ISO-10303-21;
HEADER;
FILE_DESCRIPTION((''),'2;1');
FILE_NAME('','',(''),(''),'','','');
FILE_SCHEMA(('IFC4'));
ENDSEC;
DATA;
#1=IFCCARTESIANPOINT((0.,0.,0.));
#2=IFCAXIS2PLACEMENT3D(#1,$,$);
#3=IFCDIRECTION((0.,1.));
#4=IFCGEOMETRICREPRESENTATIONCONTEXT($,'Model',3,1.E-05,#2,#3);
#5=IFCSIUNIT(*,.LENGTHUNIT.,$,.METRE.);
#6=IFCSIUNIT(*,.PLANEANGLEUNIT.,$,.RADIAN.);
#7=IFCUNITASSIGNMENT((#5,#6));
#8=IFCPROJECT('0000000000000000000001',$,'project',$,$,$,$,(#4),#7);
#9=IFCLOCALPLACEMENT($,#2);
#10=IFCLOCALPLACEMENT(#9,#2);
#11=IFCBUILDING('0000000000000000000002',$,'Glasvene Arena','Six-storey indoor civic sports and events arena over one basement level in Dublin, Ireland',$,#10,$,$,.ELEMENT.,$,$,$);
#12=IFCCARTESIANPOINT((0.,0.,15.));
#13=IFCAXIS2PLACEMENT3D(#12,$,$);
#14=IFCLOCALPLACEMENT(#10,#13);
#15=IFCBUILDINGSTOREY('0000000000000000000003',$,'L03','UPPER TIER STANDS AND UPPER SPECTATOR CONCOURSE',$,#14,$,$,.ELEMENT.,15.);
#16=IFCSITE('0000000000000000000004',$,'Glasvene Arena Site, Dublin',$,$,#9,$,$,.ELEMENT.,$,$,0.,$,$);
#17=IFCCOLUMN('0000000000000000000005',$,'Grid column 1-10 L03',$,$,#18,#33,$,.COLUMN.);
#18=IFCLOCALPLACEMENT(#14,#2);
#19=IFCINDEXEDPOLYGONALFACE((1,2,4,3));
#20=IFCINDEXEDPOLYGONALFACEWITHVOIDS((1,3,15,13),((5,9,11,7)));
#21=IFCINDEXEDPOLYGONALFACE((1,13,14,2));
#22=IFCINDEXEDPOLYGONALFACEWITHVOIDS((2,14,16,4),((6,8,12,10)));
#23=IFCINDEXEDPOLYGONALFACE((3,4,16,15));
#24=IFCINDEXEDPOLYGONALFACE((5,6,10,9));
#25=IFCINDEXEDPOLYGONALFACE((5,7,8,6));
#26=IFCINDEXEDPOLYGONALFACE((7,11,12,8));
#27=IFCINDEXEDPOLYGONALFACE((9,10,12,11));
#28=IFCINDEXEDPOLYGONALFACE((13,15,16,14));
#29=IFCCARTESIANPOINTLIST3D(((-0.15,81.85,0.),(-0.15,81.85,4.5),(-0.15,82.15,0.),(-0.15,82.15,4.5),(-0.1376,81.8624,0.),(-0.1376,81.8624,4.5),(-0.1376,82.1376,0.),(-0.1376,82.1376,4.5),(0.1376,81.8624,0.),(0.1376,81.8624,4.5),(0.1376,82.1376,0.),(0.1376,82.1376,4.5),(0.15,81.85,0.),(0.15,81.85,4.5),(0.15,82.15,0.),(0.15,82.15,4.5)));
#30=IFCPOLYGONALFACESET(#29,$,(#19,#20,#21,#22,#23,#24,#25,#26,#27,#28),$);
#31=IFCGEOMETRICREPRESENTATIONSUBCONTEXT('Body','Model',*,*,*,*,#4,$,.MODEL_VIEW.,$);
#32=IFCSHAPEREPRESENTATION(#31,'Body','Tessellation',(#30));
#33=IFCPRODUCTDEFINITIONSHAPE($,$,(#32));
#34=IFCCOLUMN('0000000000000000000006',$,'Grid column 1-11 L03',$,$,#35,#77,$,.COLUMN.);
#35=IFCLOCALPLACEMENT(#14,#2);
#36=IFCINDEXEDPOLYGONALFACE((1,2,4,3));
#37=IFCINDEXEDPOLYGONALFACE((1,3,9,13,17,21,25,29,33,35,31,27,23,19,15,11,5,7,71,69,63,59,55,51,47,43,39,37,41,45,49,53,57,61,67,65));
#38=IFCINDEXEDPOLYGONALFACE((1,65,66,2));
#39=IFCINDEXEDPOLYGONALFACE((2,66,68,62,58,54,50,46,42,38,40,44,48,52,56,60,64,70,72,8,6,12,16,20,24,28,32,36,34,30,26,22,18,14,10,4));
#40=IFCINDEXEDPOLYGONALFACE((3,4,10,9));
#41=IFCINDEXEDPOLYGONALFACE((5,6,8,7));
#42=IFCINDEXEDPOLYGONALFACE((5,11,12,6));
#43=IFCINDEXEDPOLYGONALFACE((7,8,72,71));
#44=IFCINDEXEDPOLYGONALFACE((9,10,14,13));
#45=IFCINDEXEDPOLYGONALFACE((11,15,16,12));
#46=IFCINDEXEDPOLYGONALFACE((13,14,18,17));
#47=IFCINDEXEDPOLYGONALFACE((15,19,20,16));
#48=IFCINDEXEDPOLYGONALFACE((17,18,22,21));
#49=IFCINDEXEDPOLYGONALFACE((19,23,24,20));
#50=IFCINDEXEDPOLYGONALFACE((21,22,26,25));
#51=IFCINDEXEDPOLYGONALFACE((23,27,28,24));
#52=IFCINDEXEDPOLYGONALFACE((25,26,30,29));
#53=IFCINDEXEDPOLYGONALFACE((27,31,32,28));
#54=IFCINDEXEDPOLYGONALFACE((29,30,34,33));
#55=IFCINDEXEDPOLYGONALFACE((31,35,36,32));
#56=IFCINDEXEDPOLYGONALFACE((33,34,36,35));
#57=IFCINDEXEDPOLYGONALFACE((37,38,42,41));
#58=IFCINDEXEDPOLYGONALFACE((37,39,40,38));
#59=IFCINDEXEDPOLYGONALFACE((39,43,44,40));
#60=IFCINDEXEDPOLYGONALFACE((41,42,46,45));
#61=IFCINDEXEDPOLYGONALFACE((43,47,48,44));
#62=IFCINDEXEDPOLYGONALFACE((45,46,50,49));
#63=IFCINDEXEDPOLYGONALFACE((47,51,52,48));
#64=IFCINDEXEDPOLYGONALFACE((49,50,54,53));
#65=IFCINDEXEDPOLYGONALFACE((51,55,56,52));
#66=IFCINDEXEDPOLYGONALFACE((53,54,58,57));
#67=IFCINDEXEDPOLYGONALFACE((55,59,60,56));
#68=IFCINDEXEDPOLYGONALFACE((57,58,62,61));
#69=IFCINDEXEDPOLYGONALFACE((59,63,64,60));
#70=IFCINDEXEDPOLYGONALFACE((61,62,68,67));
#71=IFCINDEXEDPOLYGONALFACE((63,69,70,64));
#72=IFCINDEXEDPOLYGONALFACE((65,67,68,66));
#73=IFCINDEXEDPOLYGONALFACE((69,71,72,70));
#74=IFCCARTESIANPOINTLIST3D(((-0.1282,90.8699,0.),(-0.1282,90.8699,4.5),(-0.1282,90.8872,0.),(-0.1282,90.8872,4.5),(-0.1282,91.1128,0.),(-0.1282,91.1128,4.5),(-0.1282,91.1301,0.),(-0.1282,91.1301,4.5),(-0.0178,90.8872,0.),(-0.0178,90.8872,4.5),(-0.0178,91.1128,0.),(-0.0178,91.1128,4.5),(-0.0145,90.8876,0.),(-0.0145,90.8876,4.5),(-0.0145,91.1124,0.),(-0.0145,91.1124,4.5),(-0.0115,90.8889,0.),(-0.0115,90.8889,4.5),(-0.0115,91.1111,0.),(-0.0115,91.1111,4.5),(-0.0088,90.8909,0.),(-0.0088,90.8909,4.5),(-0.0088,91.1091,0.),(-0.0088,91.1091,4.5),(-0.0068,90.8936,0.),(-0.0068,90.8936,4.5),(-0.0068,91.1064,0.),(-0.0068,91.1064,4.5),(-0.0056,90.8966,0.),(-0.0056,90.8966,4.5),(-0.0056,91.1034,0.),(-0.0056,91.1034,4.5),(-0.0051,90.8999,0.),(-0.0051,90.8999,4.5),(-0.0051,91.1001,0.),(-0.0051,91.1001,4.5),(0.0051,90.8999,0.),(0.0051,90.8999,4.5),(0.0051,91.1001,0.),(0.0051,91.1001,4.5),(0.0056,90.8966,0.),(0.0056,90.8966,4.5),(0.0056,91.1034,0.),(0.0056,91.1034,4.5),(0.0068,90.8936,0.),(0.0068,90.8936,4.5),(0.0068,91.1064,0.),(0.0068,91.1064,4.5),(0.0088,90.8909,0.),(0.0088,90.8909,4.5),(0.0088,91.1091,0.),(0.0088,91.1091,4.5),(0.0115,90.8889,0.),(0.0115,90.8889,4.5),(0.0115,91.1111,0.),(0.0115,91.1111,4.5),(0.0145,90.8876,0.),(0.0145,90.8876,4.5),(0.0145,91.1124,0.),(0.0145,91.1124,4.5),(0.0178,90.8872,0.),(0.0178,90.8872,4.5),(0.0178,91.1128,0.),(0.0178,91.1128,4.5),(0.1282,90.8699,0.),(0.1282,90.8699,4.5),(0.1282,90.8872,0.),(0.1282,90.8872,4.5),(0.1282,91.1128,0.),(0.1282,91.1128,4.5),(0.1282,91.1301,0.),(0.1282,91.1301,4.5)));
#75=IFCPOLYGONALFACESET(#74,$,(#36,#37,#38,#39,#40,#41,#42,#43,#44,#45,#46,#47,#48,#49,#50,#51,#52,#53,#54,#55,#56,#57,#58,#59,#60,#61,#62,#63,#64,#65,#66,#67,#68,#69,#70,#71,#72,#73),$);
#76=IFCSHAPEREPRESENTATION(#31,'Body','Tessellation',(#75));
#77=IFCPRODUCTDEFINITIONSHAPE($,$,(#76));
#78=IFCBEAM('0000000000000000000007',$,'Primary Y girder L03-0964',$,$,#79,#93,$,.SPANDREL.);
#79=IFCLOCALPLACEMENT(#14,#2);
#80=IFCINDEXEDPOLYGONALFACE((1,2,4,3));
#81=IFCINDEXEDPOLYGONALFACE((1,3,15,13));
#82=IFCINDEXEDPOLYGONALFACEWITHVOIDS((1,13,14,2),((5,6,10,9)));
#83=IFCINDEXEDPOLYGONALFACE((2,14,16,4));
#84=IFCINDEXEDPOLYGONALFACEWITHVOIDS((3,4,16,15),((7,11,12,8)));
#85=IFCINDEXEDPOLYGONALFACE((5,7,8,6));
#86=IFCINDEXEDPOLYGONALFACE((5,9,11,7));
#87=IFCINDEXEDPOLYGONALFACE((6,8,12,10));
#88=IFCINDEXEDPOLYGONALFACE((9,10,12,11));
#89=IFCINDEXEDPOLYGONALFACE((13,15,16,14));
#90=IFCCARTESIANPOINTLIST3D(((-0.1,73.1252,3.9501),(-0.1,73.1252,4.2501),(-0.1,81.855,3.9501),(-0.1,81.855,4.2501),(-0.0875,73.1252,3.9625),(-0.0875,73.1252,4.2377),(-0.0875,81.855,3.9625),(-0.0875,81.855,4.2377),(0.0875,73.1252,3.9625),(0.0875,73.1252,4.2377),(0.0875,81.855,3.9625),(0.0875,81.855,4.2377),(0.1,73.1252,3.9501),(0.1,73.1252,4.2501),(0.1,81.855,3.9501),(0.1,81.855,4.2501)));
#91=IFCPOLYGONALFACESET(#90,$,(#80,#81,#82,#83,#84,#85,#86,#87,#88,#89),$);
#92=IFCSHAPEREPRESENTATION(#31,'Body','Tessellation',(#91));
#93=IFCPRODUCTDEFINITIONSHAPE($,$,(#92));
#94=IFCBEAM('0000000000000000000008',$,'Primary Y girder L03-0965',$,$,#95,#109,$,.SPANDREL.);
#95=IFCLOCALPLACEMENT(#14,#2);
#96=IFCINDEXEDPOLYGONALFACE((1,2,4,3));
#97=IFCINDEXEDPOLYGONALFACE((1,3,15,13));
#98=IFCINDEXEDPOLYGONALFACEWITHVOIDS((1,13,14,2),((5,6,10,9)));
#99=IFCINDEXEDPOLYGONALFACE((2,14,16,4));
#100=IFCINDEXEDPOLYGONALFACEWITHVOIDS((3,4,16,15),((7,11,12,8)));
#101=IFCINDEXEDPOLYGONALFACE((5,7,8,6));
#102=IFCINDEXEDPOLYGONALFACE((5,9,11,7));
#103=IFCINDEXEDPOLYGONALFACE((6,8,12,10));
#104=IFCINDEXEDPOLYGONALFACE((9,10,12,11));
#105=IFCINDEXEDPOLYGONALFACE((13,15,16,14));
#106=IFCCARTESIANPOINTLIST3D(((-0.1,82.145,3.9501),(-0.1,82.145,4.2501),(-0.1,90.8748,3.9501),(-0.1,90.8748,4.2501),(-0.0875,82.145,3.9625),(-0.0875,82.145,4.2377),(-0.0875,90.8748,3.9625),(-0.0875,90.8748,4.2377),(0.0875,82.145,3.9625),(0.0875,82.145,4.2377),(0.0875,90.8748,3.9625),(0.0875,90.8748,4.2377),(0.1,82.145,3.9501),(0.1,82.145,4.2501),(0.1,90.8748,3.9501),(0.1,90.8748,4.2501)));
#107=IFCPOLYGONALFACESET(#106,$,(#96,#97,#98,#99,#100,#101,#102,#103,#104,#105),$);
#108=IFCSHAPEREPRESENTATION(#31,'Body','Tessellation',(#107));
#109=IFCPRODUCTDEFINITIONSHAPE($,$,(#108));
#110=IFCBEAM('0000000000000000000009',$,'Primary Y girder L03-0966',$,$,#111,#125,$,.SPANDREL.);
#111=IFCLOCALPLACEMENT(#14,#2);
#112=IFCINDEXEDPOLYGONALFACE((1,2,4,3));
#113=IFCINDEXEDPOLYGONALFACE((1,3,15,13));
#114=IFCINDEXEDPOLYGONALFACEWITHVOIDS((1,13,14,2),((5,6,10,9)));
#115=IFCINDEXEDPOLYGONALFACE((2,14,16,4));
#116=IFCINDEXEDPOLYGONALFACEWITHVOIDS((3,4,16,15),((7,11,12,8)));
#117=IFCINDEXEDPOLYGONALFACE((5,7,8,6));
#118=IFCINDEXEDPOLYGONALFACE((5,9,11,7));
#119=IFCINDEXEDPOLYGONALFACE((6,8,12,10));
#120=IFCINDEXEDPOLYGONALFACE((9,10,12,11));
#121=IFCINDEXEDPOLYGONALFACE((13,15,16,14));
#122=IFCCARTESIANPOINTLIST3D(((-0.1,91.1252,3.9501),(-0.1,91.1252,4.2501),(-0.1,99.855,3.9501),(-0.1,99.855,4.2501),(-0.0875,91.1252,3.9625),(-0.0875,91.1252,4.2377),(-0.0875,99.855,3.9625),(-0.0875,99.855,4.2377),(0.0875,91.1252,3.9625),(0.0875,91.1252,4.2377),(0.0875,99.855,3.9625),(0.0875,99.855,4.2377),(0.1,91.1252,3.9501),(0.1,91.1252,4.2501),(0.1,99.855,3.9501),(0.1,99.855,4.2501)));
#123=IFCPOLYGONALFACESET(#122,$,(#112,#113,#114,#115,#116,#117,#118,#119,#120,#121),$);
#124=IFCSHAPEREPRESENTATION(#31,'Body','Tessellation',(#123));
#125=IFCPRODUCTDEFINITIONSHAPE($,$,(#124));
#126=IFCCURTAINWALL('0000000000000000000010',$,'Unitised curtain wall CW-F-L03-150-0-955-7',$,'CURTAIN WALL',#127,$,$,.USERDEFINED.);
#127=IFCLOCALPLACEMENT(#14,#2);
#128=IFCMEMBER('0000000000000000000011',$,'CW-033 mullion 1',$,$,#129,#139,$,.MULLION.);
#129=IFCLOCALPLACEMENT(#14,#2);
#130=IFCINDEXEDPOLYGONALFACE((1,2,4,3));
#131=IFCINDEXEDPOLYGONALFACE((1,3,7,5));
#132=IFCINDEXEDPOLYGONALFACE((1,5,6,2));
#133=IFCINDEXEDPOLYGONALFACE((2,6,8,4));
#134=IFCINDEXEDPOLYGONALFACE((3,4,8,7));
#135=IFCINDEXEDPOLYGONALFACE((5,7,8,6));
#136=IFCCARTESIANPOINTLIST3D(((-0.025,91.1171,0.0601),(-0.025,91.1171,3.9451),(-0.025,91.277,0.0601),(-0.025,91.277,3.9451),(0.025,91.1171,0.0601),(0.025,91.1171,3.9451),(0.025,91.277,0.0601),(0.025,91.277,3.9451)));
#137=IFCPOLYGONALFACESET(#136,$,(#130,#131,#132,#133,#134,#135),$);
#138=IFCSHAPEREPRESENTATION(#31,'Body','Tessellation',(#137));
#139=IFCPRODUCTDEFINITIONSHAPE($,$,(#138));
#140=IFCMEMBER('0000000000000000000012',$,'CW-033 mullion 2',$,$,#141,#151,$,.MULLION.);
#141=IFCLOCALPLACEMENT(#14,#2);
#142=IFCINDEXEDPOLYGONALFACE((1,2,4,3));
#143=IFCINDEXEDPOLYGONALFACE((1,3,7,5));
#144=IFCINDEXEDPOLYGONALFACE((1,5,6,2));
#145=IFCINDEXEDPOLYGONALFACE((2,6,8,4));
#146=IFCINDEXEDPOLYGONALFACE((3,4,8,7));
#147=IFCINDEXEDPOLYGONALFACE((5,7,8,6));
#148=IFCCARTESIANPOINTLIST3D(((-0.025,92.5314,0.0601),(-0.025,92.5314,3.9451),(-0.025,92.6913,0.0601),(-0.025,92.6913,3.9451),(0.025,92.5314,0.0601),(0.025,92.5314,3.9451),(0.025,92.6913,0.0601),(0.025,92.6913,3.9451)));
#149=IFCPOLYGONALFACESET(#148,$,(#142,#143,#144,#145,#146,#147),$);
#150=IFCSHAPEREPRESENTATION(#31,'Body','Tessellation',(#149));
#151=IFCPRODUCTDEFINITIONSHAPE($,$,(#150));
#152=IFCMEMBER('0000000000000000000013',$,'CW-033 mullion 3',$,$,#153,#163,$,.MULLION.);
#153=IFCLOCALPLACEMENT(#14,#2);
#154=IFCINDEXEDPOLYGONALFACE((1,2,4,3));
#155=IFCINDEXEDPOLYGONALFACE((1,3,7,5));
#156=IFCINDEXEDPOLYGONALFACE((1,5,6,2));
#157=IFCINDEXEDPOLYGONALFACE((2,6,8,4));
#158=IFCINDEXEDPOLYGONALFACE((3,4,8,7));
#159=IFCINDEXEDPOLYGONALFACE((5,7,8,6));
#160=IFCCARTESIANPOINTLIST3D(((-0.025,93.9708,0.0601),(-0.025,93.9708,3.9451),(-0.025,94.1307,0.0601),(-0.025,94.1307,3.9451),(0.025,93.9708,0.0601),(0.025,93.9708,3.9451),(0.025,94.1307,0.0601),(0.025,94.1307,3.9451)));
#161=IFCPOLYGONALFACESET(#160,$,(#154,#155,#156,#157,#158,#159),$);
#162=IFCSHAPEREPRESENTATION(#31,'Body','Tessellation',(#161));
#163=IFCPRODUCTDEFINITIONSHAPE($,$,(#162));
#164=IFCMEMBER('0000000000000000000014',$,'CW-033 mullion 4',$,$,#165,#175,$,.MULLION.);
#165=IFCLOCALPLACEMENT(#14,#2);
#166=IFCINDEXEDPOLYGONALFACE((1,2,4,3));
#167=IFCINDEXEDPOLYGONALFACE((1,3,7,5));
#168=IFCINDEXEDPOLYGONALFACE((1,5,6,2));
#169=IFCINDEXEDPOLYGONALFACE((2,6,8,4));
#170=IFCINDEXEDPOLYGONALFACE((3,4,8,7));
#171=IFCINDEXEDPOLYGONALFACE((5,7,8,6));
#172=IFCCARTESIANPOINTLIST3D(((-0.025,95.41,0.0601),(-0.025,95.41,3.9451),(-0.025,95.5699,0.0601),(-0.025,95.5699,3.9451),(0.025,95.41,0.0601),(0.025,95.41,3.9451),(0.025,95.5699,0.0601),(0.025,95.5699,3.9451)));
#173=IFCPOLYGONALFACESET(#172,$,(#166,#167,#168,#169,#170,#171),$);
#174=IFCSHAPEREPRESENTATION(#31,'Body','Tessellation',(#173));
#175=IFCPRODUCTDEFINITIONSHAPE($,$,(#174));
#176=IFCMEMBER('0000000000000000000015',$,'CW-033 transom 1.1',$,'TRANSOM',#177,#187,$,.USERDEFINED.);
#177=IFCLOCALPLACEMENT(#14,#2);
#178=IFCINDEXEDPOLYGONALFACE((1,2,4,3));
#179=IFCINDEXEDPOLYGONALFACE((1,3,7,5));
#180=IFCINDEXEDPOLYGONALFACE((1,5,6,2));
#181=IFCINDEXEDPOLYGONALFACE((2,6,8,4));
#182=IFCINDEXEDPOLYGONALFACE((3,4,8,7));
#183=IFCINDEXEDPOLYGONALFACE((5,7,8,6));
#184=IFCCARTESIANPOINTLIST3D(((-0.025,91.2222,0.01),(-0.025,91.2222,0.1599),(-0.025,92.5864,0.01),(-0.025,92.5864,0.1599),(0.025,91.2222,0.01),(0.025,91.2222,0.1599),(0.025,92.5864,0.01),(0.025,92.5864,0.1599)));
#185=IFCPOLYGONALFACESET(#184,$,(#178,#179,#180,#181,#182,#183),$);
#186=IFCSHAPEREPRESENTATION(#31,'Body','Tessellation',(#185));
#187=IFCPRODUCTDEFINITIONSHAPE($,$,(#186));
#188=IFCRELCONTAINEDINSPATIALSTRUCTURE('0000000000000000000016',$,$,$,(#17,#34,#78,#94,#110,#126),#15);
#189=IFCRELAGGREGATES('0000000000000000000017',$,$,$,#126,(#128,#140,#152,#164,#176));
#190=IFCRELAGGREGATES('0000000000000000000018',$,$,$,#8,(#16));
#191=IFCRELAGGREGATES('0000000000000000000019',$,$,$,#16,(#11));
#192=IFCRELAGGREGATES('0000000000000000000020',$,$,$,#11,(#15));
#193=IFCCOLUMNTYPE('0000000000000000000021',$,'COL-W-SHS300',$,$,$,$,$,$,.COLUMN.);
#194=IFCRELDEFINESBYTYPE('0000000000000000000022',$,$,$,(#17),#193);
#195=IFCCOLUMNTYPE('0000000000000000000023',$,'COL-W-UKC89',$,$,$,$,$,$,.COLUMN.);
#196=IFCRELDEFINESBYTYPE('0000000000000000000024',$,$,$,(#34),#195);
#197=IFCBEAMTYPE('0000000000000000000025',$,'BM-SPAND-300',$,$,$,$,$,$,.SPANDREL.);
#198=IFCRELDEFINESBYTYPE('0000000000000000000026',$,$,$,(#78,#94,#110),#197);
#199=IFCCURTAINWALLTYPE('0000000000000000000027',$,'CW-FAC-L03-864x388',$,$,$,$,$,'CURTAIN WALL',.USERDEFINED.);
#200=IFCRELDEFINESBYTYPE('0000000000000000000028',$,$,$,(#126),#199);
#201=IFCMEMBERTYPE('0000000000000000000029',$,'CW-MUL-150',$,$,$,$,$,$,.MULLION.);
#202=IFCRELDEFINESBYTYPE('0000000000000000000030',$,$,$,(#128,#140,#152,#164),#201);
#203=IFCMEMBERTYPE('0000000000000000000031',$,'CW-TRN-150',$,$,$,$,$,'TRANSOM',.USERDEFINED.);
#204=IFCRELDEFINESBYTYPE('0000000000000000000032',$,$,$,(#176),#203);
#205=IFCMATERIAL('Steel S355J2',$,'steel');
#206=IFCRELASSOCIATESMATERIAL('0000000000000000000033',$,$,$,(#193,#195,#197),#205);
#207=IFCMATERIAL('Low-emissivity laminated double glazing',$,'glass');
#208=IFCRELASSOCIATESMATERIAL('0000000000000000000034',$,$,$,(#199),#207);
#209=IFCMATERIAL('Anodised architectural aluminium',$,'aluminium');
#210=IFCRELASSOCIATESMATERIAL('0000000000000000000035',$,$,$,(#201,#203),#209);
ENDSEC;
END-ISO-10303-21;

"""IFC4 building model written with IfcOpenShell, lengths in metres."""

from ifc_helpers import new_model, si_unit, direction, frame, origin, origin_2d, place, context, subcontext, project, spatial, rectangle, hollow_rectangle, i_section, extrude, material, material_profile, profile_set, type_object, element, aggregate, save


model = new_model("IFC4")

# Units and contexts
model_context = context("Model", 3, precision=1e-05, world=origin(), true_north=direction((0.0, 1.0)))
body_context = subcontext(model_context, "Body", "Model", "MODEL_VIEW")
ifc_project = project(units=[si_unit("LENGTHUNIT", "METRE"), si_unit("PLANEANGLEUNIT", "RADIAN")], contexts=[model_context])

# Site, building, storey
site_placement = place(None, origin())
site = spatial("IfcSite", under=ifc_project, at=site_placement, Name="Glasvene Arena Site, Dublin", CompositionType="ELEMENT", RefElevation=0.0)
building_placement = place(site_placement, origin())
building = spatial("IfcBuilding", under=site, at=building_placement, Name="Glasvene Arena", Description="Six-storey indoor civic sports and events arena over one basement level in Dublin, Ireland", CompositionType="ELEMENT")
storey_placement = place(building_placement, frame((0.0, 0.0, 15.0)))
storey = spatial("IfcBuildingStorey", under=building, at=storey_placement, Name="L03", Description="UPPER TIER STANDS AND UPPER SPECTATOR CONCOURSE", CompositionType="ELEMENT", Elevation=15.0)

# Columns
ifc_material_1 = material(Name="Steel S355J2", Category="steel")
ifc_material_profile_1 = material_profile(ifc_material_1, hollow_rectangle(XDim=0.3, YDim=0.3, WallThickness=0.0125, at=origin_2d()), Name="SHS 300x300x12.5")
ifc_profile_set_1 = profile_set([ifc_material_profile_1], Name="Steel S355J2")
column_type_1 = type_object("IfcColumnType", Name="COL-W-SHS300", PredefinedType="COLUMN", material=ifc_profile_set_1)
column_1_placement = place(storey_placement, frame((0.0, 82.0, 0.0), z_axis=(0.0, 0.0, 1.0), x_axis=(1.0, 0.0, 0.0)))
element("IfcColumn", 1, at=column_1_placement, inside=storey, type_object=column_type_1, Name="Grid column 1-10 L03", PredefinedType="COLUMN", context=body_context, shape_type="SweptSolid", body=[
    extrude(hollow_rectangle(XDim=0.3, YDim=0.3, WallThickness=0.0125, at=origin_2d()), origin(), (0.0, 0.0, 1.0), 4.5),
])
ifc_material_profile_2 = material_profile(ifc_material_1, i_section(OverallWidth=0.2563, OverallDepth=0.2603, WebThickness=0.0103, FlangeThickness=0.0173, FilletRadius=0.0127, at=origin_2d()), Name="UKC 254x254x89")
ifc_profile_set_2 = profile_set([ifc_material_profile_2], Name="Steel S355J2")
column_type_2 = type_object("IfcColumnType", Name="COL-W-UKC89", PredefinedType="COLUMN", material=ifc_profile_set_2)
column_2_placement = place(storey_placement, frame((0.0, 91.0, 0.0), z_axis=(0.0, 0.0, 1.0), x_axis=(1.0, 0.0, 0.0)))
element("IfcColumn", 2, at=column_2_placement, inside=storey, type_object=column_type_2, Name="Grid column 1-11 L03", PredefinedType="COLUMN", context=body_context, shape_type="SweptSolid", body=[
    extrude(i_section(OverallWidth=0.2563, OverallDepth=0.2603, WebThickness=0.0103, FlangeThickness=0.0173, FilletRadius=0.0127, at=origin_2d()), origin(), (0.0, 0.0, 1.0), 4.5),
])

# Beams
ifc_material_profile_3 = material_profile(ifc_material_1, hollow_rectangle(XDim=0.2, YDim=0.3, WallThickness=0.0125, at=origin_2d()), Name="RHS 300x200x12.5")
ifc_profile_set_3 = profile_set([ifc_material_profile_3], Name="Steel S355J2")
beam_type = type_object("IfcBeamType", Name="BM-SPAND-300", PredefinedType="SPANDREL", material=ifc_profile_set_3)
for number, where, z_axis, x_axis, name in (
    (3, (0.0, 73.1252, 4.1001), (0.0, 1.0, 0.0), (-1.0, 0.0, 0.0), "Primary Y girder L03-0964"),
    (4, (0.0, 82.145, 4.1001), (0.0, 1.0, 0.0), (-1.0, 0.0, 0.0), "Primary Y girder L03-0965"),
    (5, (0.0, 91.1252, 4.1001), (0.0, 1.0, 0.0), (-1.0, 0.0, 0.0), "Primary Y girder L03-0966"),
):
    element("IfcBeam", number, at=place(storey_placement, frame(where, z_axis=z_axis, x_axis=x_axis)), inside=storey, type_object=beam_type, Name=name, PredefinedType="SPANDREL", context=body_context, shape_type="SweptSolid", body=[
        extrude(hollow_rectangle(XDim=0.2, YDim=0.3, WallThickness=0.0125, at=origin_2d()), origin(), (0.0, 0.0, 1.0), 8.7297),
    ])

# Curtain wall, members
ifc_material_2 = material(Name="Low-emissivity laminated double glazing", Category="glass")
curtain_wall_type = type_object("IfcCurtainWallType", Name="CW-FAC-L03-864x388", ElementType="CURTAIN WALL", PredefinedType="USERDEFINED", material=ifc_material_2)
curtain_wall_placement = place(storey_placement, frame((0.0, 91.1721, 0.0)))
curtain_wall = element("IfcCurtainWall", 6, at=curtain_wall_placement, inside=storey, type_object=curtain_wall_type, Name="Unitised curtain wall CW-F-L03-150-0-955-7", ObjectType="CURTAIN WALL", PredefinedType="USERDEFINED")
ifc_material_3 = material(Name="Anodised architectural aluminium", Category="aluminium")
ifc_material_profile_4 = material_profile(ifc_material_3, rectangle(XDim=0.05, YDim=0.1599, at=origin_2d()), Name="ALU MULLION 50x160")
ifc_profile_set_4 = profile_set([ifc_material_profile_4], Name="Anodised architectural aluminium")
member_type_1 = type_object("IfcMemberType", Name="CW-MUL-150", PredefinedType="MULLION", material=ifc_profile_set_4)
member_1_placement = place(storey_placement, frame((0.0, 91.197, 0.0601), z_axis=(0.0, 0.0, 1.0), x_axis=(-1.0, 0.0, 0.0)))
member_1 = element("IfcMember", 7, at=member_1_placement, type_object=member_type_1, Name="CW-033 mullion 1", PredefinedType="MULLION", context=body_context, shape_type="SweptSolid", body=[
    extrude(rectangle(XDim=0.05, YDim=0.1599, at=origin_2d()), origin(), (0.0, 0.0, 1.0), 3.885),
])
member_2_placement = place(storey_placement, frame((0.0, 92.6113, 0.0601), z_axis=(0.0, 0.0, 1.0), x_axis=(-1.0, 0.0, 0.0)))
member_2 = element("IfcMember", 8, at=member_2_placement, type_object=member_type_1, Name="CW-033 mullion 2", PredefinedType="MULLION", context=body_context, shape_type="SweptSolid", body=[
    extrude(rectangle(XDim=0.05, YDim=0.1599, at=origin_2d()), origin(), (0.0, 0.0, 1.0), 3.885),
])
member_3_placement = place(storey_placement, frame((0.0, 94.0508, 0.0601), z_axis=(0.0, 0.0, 1.0), x_axis=(-1.0, 0.0, 0.0)))
member_3 = element("IfcMember", 9, at=member_3_placement, type_object=member_type_1, Name="CW-033 mullion 3", PredefinedType="MULLION", context=body_context, shape_type="SweptSolid", body=[
    extrude(rectangle(XDim=0.05, YDim=0.1599, at=origin_2d()), origin(), (0.0, 0.0, 1.0), 3.885),
])
member_4_placement = place(storey_placement, frame((0.0, 95.49, 0.0601), z_axis=(0.0, 0.0, 1.0), x_axis=(-1.0, 0.0, 0.0)))
member_4 = element("IfcMember", 10, at=member_4_placement, type_object=member_type_1, Name="CW-033 mullion 4", PredefinedType="MULLION", context=body_context, shape_type="SweptSolid", body=[
    extrude(rectangle(XDim=0.05, YDim=0.1599, at=origin_2d()), origin(), (0.0, 0.0, 1.0), 3.885),
])
ifc_material_profile_5 = material_profile(ifc_material_3, rectangle(XDim=0.05, YDim=0.1499, at=origin_2d()), Name="ALU TRANSOM 50x150")
ifc_profile_set_5 = profile_set([ifc_material_profile_5], Name="Anodised architectural aluminium")
member_type_2 = type_object("IfcMemberType", Name="CW-TRN-150", ElementType="TRANSOM", PredefinedType="USERDEFINED", material=ifc_profile_set_5)
member_5_placement = place(storey_placement, frame((0.0, 91.2222, 0.085), z_axis=(0.0, 1.0, 0.0), x_axis=(-1.0, 0.0, 0.0)))
member_5 = element("IfcMember", 11, at=member_5_placement, type_object=member_type_2, Name="CW-033 transom 1.1", ObjectType="TRANSOM", PredefinedType="USERDEFINED", context=body_context, shape_type="SweptSolid", body=[
    extrude(rectangle(XDim=0.05, YDim=0.1499, at=origin_2d()), origin(), (0.0, 0.0, 1.0), 1.3643),
])
aggregate(curtain_wall, [member_1, member_2, member_3, member_4, member_5])

save(model, "model.ifc")
